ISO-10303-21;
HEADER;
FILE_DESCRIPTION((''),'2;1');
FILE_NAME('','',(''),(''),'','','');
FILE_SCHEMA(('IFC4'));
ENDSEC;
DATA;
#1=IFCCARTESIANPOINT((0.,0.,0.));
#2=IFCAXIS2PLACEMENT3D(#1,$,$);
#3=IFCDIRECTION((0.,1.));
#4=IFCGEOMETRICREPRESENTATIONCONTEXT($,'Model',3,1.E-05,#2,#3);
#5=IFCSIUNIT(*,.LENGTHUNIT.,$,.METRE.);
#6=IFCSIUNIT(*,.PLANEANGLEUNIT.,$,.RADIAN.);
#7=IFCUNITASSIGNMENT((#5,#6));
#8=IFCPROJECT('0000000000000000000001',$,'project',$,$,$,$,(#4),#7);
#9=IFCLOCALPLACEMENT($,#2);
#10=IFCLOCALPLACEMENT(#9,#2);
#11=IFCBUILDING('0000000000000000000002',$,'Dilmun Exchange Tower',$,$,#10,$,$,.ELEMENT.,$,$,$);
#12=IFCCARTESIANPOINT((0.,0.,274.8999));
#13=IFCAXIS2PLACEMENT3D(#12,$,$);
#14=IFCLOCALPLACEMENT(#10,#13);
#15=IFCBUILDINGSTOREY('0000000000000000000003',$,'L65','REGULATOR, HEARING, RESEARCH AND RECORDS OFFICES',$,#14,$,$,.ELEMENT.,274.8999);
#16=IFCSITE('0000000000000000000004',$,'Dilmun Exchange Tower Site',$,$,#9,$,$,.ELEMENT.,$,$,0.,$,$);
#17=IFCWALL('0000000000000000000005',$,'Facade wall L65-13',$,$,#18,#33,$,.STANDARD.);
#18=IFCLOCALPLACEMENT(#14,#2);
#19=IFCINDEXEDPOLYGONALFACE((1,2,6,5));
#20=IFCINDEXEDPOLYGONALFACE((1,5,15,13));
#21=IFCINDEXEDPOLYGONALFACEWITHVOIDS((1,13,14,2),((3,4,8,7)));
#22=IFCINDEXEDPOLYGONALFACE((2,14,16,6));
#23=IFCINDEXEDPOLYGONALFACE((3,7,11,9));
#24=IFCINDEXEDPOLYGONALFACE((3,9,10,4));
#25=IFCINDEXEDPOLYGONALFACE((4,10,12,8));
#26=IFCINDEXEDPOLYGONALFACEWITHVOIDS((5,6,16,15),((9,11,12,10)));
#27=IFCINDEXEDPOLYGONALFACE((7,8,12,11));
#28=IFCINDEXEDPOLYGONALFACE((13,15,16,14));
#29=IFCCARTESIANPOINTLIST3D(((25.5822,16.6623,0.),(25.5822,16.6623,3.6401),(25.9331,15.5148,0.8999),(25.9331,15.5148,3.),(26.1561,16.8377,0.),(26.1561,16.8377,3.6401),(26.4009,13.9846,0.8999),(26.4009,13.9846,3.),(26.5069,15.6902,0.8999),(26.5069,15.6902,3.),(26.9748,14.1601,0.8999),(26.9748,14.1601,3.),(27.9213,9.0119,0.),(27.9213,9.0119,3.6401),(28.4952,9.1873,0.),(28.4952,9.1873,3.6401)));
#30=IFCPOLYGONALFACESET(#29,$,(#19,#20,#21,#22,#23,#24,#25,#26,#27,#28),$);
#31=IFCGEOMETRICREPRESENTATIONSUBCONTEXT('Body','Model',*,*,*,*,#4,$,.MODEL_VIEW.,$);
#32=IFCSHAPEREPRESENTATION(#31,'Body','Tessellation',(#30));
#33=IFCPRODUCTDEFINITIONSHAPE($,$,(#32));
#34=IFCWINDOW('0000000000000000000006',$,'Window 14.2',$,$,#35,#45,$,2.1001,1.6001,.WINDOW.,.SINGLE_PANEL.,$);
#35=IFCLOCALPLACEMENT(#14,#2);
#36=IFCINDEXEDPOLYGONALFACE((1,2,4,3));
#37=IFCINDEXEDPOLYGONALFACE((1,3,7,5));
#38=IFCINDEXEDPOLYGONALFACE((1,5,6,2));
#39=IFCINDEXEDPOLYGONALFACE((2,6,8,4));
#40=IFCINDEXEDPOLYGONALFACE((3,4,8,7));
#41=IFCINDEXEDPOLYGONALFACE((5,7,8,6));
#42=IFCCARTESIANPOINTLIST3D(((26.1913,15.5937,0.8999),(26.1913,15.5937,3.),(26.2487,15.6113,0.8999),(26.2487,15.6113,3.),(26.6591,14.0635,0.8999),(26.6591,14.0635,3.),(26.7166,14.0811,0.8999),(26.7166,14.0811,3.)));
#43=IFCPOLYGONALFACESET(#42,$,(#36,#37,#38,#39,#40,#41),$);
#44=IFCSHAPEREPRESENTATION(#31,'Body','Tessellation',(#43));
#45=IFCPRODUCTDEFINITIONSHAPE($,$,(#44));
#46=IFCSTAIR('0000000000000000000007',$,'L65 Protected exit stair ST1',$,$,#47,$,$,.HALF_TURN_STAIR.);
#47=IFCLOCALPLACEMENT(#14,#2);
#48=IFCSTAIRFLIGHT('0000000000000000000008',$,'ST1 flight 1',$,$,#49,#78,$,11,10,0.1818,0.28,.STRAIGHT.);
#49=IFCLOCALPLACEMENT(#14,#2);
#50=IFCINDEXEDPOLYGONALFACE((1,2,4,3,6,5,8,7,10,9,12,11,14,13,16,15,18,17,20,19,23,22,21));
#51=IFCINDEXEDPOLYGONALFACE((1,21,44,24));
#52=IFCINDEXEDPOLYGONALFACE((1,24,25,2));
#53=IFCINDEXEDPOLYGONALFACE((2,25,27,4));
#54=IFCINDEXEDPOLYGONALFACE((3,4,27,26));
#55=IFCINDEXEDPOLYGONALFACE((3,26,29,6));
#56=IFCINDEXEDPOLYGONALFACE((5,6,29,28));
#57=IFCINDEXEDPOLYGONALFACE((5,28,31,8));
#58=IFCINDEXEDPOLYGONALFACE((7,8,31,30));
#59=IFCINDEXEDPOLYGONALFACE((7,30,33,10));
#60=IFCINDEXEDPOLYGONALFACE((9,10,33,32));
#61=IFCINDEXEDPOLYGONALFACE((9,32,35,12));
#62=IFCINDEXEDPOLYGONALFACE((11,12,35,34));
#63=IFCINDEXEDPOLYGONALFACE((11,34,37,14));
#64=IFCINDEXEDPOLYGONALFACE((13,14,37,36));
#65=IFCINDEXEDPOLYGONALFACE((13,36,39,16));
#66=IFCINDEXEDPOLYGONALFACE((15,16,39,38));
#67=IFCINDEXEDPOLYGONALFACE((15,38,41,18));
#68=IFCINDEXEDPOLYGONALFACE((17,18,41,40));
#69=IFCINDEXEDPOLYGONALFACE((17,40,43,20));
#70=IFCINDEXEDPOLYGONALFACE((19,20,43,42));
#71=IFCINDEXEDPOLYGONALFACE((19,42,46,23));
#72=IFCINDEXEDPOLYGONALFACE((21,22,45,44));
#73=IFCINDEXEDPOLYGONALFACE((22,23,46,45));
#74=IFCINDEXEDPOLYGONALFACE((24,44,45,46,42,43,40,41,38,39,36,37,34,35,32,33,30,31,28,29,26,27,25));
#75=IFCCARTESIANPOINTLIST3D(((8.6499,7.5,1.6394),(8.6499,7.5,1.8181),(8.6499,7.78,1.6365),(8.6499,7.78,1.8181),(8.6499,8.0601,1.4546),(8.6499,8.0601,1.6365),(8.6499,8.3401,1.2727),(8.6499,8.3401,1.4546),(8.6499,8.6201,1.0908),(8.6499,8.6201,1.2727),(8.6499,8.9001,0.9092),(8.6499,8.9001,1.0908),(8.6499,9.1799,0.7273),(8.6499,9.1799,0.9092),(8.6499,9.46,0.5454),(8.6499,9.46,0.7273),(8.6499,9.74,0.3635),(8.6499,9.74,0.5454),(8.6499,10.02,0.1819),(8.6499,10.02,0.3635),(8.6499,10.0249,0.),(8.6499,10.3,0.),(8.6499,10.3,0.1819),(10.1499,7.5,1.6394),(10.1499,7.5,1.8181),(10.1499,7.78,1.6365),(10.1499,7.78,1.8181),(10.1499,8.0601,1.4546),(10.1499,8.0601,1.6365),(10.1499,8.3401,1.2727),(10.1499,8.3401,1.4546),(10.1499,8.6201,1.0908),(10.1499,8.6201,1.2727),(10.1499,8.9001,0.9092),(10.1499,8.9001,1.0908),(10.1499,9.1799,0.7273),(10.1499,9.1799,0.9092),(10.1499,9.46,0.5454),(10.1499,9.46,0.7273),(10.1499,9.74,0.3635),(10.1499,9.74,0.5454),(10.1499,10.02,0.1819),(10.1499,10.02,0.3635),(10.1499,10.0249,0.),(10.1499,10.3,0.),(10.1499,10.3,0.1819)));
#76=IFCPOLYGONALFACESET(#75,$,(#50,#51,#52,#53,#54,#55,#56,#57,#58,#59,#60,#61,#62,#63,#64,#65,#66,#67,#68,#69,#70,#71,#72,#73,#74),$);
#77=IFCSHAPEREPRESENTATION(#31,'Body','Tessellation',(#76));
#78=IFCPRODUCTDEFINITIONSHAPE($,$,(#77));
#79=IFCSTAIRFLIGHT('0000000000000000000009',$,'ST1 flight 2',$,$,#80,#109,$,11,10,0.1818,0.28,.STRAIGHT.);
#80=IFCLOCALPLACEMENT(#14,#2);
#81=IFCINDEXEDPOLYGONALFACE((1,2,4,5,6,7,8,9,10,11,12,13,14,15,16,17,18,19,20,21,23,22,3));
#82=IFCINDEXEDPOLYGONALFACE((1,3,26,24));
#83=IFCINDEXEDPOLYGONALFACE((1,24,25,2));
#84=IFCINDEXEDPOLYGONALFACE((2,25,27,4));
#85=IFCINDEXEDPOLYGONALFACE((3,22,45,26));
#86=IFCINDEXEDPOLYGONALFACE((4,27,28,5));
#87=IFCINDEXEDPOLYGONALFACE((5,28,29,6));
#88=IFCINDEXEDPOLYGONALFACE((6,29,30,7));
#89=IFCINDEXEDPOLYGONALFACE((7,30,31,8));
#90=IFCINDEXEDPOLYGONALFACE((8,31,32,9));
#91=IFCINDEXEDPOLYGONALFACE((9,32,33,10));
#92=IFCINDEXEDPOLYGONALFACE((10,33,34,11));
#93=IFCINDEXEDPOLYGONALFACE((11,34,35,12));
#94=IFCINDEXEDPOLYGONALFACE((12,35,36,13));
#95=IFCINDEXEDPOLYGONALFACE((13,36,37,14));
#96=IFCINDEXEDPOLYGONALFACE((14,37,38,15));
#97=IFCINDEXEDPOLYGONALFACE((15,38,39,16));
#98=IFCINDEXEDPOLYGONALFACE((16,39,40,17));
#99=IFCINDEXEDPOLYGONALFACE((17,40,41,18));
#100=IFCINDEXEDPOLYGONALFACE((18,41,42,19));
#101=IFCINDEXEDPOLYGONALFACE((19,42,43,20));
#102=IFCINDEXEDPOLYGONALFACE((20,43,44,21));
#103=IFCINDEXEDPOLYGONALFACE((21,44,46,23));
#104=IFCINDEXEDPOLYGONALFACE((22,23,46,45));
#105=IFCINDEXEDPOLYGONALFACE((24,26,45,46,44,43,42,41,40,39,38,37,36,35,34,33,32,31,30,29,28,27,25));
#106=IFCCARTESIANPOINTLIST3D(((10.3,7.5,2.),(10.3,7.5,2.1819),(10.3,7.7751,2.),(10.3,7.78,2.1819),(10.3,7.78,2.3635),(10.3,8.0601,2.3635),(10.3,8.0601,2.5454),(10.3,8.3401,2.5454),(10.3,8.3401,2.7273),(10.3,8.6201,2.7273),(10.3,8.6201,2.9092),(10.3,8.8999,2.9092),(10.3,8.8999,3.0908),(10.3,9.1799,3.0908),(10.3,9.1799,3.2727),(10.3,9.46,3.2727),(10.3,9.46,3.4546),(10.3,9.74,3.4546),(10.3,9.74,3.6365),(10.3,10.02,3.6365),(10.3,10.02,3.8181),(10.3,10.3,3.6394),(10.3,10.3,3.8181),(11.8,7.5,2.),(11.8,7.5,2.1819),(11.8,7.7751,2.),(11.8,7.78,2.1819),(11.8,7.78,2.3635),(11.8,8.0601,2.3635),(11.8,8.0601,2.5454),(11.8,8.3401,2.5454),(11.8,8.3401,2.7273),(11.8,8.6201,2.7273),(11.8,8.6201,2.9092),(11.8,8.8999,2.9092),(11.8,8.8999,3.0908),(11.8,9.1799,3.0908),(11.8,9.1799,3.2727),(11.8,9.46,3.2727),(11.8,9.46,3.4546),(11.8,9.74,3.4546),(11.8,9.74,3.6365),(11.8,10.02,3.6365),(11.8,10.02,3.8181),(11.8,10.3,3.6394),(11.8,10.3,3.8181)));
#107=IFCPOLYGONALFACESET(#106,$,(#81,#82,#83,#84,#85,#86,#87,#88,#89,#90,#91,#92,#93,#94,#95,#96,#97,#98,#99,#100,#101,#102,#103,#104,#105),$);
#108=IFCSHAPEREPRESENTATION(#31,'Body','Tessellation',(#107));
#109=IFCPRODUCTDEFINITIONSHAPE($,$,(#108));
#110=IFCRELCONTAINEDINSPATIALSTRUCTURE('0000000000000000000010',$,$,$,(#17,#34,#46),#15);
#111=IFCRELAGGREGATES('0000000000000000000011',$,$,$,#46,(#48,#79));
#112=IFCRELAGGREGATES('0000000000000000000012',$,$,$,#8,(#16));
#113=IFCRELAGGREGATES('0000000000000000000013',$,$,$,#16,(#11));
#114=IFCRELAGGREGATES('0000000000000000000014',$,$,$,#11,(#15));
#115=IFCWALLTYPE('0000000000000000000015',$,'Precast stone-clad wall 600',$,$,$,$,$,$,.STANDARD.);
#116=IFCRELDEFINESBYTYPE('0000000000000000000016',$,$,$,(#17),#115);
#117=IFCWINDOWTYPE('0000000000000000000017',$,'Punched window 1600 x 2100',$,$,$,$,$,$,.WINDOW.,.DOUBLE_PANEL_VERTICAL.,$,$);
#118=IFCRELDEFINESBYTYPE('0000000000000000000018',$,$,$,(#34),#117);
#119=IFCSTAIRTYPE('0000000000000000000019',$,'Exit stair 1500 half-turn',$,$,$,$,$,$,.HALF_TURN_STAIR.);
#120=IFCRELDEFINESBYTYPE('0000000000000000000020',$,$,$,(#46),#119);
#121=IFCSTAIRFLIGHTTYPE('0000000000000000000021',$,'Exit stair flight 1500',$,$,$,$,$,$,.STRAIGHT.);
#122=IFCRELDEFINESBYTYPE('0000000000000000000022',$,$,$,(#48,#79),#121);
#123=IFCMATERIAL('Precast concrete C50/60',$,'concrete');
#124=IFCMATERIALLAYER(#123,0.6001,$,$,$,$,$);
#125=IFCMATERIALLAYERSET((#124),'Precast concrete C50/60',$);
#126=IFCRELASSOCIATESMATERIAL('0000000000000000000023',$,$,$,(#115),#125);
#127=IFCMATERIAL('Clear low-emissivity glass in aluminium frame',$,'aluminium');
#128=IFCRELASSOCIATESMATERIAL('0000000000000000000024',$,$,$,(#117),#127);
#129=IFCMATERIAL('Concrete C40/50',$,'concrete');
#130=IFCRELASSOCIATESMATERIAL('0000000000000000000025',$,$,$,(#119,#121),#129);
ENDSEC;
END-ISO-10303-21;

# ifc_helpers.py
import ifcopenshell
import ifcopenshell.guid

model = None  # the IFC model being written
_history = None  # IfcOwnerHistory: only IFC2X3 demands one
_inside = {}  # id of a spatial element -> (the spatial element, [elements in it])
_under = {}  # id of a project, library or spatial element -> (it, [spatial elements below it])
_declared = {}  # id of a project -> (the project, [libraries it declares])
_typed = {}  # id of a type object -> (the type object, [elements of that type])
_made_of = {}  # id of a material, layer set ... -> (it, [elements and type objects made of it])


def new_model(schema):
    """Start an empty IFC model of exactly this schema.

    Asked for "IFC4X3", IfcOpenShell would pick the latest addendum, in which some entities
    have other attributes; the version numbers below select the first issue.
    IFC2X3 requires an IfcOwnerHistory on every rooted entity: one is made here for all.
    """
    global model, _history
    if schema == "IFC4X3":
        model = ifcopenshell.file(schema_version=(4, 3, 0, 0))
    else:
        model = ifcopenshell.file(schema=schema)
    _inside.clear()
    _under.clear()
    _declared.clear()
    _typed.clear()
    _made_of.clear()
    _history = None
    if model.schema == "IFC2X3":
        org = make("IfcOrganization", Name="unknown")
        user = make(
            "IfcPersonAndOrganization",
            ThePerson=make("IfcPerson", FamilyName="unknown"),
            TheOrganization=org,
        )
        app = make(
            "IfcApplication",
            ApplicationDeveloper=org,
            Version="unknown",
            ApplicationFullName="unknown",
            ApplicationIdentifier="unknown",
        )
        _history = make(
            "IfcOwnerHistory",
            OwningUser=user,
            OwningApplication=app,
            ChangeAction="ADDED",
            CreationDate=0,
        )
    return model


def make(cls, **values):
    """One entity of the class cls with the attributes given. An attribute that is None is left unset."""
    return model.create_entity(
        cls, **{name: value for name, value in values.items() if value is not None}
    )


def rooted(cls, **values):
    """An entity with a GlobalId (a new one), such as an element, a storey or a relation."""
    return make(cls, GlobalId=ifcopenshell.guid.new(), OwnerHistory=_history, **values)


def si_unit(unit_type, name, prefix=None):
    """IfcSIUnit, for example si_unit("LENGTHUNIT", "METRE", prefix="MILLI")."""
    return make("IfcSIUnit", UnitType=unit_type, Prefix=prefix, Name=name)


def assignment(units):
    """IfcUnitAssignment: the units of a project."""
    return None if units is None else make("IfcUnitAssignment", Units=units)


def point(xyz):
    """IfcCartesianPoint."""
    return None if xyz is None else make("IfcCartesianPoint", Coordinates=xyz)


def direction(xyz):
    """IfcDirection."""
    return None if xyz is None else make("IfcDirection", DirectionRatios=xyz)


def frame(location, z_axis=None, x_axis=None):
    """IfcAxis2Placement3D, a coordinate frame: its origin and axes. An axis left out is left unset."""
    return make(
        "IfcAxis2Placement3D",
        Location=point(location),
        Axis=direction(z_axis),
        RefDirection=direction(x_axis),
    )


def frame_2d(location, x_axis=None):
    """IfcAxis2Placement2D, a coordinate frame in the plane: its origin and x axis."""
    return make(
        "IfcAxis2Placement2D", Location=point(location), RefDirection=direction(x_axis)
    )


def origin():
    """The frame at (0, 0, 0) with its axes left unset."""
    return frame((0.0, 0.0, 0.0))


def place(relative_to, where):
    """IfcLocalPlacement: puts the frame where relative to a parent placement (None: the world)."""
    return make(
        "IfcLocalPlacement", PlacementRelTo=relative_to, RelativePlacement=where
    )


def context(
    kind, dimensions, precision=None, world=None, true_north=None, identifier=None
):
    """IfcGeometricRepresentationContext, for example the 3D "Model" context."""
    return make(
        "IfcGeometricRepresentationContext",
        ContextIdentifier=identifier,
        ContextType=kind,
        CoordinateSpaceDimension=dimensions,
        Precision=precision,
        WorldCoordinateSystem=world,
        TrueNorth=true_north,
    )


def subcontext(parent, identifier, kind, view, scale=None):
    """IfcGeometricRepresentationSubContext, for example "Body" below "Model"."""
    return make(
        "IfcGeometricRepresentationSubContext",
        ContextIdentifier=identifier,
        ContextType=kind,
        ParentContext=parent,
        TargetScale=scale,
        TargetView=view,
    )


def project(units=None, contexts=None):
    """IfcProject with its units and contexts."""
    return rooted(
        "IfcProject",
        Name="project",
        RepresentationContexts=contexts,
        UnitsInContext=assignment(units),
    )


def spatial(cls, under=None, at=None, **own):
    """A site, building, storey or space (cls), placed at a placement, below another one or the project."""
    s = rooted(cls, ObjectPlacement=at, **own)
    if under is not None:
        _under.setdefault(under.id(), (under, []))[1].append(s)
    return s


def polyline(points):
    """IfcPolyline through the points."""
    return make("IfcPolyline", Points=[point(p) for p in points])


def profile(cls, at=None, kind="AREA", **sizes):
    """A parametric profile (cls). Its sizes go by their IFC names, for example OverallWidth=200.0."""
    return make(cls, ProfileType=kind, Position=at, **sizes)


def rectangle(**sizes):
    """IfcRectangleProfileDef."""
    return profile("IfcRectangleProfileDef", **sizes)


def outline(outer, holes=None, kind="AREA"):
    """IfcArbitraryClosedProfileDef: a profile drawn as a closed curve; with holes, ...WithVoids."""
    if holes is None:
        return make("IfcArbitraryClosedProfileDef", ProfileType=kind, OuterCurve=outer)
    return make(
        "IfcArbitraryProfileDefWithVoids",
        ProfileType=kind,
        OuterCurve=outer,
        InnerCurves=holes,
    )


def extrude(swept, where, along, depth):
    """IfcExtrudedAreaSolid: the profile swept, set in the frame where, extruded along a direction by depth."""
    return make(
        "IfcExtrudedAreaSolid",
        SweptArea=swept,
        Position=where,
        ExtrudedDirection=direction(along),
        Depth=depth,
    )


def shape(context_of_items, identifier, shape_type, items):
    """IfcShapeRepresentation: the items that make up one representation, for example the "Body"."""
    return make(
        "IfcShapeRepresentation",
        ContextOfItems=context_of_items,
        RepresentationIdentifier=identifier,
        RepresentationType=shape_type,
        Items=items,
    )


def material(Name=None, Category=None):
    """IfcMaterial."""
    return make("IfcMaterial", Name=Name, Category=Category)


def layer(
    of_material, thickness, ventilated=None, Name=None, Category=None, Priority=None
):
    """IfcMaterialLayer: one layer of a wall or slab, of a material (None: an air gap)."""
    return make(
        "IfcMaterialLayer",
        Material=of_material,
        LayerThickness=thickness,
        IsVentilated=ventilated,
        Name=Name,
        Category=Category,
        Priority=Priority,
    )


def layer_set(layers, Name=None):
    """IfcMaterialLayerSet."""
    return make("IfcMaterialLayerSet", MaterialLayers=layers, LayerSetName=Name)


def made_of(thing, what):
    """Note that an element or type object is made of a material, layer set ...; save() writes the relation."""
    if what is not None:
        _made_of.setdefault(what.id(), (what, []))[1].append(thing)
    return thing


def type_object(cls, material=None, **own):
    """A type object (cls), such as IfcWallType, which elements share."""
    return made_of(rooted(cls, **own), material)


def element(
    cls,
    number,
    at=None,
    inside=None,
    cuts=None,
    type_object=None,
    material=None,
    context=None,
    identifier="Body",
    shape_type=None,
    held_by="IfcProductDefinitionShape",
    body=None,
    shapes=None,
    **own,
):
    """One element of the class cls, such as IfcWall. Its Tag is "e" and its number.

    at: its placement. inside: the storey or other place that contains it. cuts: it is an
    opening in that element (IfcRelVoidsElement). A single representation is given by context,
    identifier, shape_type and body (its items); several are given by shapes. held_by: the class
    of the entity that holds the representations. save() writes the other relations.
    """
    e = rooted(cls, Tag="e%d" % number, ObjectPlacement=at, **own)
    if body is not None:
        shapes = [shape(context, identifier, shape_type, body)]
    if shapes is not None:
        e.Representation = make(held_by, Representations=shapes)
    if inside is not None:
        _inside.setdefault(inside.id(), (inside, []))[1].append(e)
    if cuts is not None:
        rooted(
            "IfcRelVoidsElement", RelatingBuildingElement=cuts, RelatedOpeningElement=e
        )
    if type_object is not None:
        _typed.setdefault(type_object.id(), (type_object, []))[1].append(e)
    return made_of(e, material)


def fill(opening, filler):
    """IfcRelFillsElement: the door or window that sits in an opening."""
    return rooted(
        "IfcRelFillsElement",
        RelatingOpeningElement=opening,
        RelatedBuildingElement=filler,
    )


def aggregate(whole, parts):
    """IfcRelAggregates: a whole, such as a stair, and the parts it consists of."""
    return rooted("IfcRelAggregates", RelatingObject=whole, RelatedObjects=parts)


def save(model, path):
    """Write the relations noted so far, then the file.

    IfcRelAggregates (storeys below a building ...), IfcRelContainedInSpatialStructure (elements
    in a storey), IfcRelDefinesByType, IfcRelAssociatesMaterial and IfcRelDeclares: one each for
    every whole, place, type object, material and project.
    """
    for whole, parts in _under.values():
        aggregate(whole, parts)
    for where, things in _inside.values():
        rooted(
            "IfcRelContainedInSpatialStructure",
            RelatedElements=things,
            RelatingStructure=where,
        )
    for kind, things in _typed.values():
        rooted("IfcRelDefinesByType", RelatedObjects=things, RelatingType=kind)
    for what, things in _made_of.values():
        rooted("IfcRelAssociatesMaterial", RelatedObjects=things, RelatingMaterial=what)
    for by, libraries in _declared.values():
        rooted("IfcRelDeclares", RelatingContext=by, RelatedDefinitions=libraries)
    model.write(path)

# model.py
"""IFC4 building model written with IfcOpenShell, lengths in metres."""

from ifc_helpers import new_model, si_unit, direction, frame, frame_2d, origin, place, context, subcontext, project, spatial, polyline, rectangle, outline, extrude, material, layer, layer_set, type_object, element, fill, aggregate, save


model = new_model("IFC4")

# Units and contexts
model_context = context("Model", 3, precision=1e-05, world=origin(), true_north=direction((0.0, 1.0)))
body_context = subcontext(model_context, "Body", "Model", "MODEL_VIEW")
ifc_project = project(units=[si_unit("LENGTHUNIT", "METRE"), si_unit("PLANEANGLEUNIT", "RADIAN")], contexts=[model_context])

# Site, building, storey
site_placement = place(None, origin())
site = spatial("IfcSite", under=ifc_project, at=site_placement, Name="Dilmun Exchange Tower Site", CompositionType="ELEMENT", RefElevation=0.0)
building_placement = place(site_placement, origin())
building = spatial("IfcBuilding", under=site, at=building_placement, Name="Dilmun Exchange Tower", CompositionType="ELEMENT")
storey_placement = place(building_placement, frame((0.0, 0.0, 274.8999)))
storey = spatial("IfcBuildingStorey", under=building, at=storey_placement, Name="L65", Description="REGULATOR, HEARING, RESEARCH AND RECORDS OFFICES", CompositionType="ELEMENT", Elevation=274.8999)

# Shared definitions
ifc_material_1 = material(Name="Concrete C40/50", Category="concrete")

# Wall, opening, window
ifc_material_2 = material(Name="Precast concrete C50/60", Category="concrete")
ifc_layer_1 = layer(ifc_material_2, 0.6001)
ifc_layer_set_1 = layer_set([ifc_layer_1], Name="Precast concrete C50/60")
wall_type_1 = type_object("IfcWallType", Name="Precast stone-clad wall 600", PredefinedType="STANDARD", material=ifc_layer_set_1)
ifc_material_3 = material(Name="Clear low-emissivity glass in aluminium frame", Category="aluminium")
window_type = type_object("IfcWindowType", Name="Punched window 1600 x 2100", PartitioningType="DOUBLE_PANEL_VERTICAL", PredefinedType="WINDOW", material=ifc_material_3)
wall_1_placement = place(storey_placement, frame((28.2083, 9.0996, 0.0), z_axis=(0.0, 0.0, 1.0), x_axis=(-0.292389, 0.956299, 0.0)))
wall_1 = element("IfcWall", 1, at=wall_1_placement, inside=storey, type_object=wall_type_1, Name="Facade wall L65-13", PredefinedType="STANDARD", context=body_context, shape_type="SweptSolid", body=[
    extrude(rectangle(XDim=8.0, YDim=0.6001, at=frame_2d((4.0, 0.0))), origin(), (0.0, 0.0, 1.0), 3.6401),
])
opening_1_placement = place(wall_1_placement, frame((5.2, 0.0, 0.8999)))
opening_1 = element("IfcOpeningElement", 2, at=opening_1_placement, cuts=wall_1, PredefinedType="OPENING", context=body_context, shape_type="SweptSolid", body=[
    extrude(rectangle(XDim=1.6001, YDim=2.1001, at=frame_2d((0.8, 1.05))), frame((0.0, 0.3101, 0.0), z_axis=(0.0, -1.0, 0.0), x_axis=(1.0, 0.0, 0.0)), (0.0, 0.0, 1.0), 0.6201),
])
window_1_placement = place(opening_1_placement, origin())
window_1 = element("IfcWindow", 3, at=window_1_placement, inside=storey, type_object=window_type, Name="Window 14.2", OverallHeight=2.1001, OverallWidth=1.6001, PartitioningType="SINGLE_PANEL", PredefinedType="WINDOW", context=body_context, shape_type="SweptSolid", body=[
    extrude(rectangle(XDim=1.6001, YDim=2.1001, at=frame_2d((0.8, 1.05))), frame((0.0, 0.03, 0.0), z_axis=(0.0, -1.0, 0.0), x_axis=(1.0, 0.0, 0.0)), (0.0, 0.0, 1.0), 0.0601),
])
fill(opening_1, window_1)

# Stair, stair flights
stair_type = type_object("IfcStairType", Name="Exit stair 1500 half-turn", PredefinedType="HALF_TURN_STAIR", material=ifc_material_1)
stair_placement = place(storey_placement, origin())
stair = element("IfcStair", 4, at=stair_placement, inside=storey, type_object=stair_type, Name="L65 Protected exit stair ST1", PredefinedType="HALF_TURN_STAIR")
stair_flight_type = type_object("IfcStairFlightType", Name="Exit stair flight 1500", PredefinedType="STRAIGHT", material=ifc_material_1)
stair_flight_1_placement = place(storey_placement, frame((9.3999, 10.3, 0.0), z_axis=(0.0, 0.0, 1.0), x_axis=(0.0, -1.0, 0.0)))
stair_flight_1 = element("IfcStairFlight", 5, at=stair_flight_1_placement, type_object=stair_flight_type, Name="ST1 flight 1", NumberOfRisers=11, NumberOfTreads=10, PredefinedType="STRAIGHT", RiserHeight=0.1818, TreadLength=0.28, context=body_context, shape_type="SweptSolid", body=[
    extrude(outline(polyline([(0.0, 0.0), (0.0, 0.1819), (0.28, 0.1819), (0.28, 0.3635), (0.5601, 0.3635), (0.5601, 0.5454), (0.8401, 0.5454), (0.8401, 0.7273), (1.1201, 0.7273), (1.1201, 0.9092), (1.3999, 0.9092), (1.3999, 1.0908), (1.6799, 1.0908), (1.6799, 1.2727), (1.96, 1.2727), (1.96, 1.4546), (2.24, 1.4546), (2.24, 1.6365), (2.52, 1.6365), (2.52, 1.8181), (2.8, 1.8181), (2.8, 2.0), (2.8, 1.6394), (0.2751, 0.0), (0.0, 0.0)])), frame((0.0, 0.75, 0.0), z_axis=(0.0, -1.0, 0.0), x_axis=(1.0, 0.0, 0.0)), (0.0, 0.0, 1.0), 1.5),
])
stair_flight_2_placement = place(storey_placement, frame((11.05, 7.5, 2.0), z_axis=(0.0, 0.0, 1.0), x_axis=(0.0, 1.0, 0.0)))
stair_flight_2 = element("IfcStairFlight", 6, at=stair_flight_2_placement, type_object=stair_flight_type, Name="ST1 flight 2", NumberOfRisers=11, NumberOfTreads=10, PredefinedType="STRAIGHT", RiserHeight=0.1818, TreadLength=0.28, context=body_context, shape_type="SweptSolid", body=[
    extrude(outline(polyline([(0.0, 0.0), (0.0, 0.1819), (0.28, 0.1819), (0.28, 0.3635), (0.5601, 0.3635), (0.5601, 0.5454), (0.8401, 0.5454), (0.8401, 0.7273), (1.1201, 0.7273), (1.1201, 0.9092), (1.3999, 0.9092), (1.3999, 1.0908), (1.6799, 1.0908), (1.6799, 1.2727), (1.96, 1.2727), (1.96, 1.4546), (2.24, 1.4546), (2.24, 1.6365), (2.52, 1.6365), (2.52, 1.8181), (2.8, 1.8181), (2.8, 2.0), (2.8, 1.6394), (0.2751, 0.0), (0.0, 0.0)])), frame((0.0, 0.75, 0.0), z_axis=(0.0, -1.0, 0.0), x_axis=(1.0, 0.0, 0.0)), (0.0, 0.0, 1.0), 1.5),
])
aggregate(stair, [stair_flight_1, stair_flight_2])

save(model, "model.ifc")
